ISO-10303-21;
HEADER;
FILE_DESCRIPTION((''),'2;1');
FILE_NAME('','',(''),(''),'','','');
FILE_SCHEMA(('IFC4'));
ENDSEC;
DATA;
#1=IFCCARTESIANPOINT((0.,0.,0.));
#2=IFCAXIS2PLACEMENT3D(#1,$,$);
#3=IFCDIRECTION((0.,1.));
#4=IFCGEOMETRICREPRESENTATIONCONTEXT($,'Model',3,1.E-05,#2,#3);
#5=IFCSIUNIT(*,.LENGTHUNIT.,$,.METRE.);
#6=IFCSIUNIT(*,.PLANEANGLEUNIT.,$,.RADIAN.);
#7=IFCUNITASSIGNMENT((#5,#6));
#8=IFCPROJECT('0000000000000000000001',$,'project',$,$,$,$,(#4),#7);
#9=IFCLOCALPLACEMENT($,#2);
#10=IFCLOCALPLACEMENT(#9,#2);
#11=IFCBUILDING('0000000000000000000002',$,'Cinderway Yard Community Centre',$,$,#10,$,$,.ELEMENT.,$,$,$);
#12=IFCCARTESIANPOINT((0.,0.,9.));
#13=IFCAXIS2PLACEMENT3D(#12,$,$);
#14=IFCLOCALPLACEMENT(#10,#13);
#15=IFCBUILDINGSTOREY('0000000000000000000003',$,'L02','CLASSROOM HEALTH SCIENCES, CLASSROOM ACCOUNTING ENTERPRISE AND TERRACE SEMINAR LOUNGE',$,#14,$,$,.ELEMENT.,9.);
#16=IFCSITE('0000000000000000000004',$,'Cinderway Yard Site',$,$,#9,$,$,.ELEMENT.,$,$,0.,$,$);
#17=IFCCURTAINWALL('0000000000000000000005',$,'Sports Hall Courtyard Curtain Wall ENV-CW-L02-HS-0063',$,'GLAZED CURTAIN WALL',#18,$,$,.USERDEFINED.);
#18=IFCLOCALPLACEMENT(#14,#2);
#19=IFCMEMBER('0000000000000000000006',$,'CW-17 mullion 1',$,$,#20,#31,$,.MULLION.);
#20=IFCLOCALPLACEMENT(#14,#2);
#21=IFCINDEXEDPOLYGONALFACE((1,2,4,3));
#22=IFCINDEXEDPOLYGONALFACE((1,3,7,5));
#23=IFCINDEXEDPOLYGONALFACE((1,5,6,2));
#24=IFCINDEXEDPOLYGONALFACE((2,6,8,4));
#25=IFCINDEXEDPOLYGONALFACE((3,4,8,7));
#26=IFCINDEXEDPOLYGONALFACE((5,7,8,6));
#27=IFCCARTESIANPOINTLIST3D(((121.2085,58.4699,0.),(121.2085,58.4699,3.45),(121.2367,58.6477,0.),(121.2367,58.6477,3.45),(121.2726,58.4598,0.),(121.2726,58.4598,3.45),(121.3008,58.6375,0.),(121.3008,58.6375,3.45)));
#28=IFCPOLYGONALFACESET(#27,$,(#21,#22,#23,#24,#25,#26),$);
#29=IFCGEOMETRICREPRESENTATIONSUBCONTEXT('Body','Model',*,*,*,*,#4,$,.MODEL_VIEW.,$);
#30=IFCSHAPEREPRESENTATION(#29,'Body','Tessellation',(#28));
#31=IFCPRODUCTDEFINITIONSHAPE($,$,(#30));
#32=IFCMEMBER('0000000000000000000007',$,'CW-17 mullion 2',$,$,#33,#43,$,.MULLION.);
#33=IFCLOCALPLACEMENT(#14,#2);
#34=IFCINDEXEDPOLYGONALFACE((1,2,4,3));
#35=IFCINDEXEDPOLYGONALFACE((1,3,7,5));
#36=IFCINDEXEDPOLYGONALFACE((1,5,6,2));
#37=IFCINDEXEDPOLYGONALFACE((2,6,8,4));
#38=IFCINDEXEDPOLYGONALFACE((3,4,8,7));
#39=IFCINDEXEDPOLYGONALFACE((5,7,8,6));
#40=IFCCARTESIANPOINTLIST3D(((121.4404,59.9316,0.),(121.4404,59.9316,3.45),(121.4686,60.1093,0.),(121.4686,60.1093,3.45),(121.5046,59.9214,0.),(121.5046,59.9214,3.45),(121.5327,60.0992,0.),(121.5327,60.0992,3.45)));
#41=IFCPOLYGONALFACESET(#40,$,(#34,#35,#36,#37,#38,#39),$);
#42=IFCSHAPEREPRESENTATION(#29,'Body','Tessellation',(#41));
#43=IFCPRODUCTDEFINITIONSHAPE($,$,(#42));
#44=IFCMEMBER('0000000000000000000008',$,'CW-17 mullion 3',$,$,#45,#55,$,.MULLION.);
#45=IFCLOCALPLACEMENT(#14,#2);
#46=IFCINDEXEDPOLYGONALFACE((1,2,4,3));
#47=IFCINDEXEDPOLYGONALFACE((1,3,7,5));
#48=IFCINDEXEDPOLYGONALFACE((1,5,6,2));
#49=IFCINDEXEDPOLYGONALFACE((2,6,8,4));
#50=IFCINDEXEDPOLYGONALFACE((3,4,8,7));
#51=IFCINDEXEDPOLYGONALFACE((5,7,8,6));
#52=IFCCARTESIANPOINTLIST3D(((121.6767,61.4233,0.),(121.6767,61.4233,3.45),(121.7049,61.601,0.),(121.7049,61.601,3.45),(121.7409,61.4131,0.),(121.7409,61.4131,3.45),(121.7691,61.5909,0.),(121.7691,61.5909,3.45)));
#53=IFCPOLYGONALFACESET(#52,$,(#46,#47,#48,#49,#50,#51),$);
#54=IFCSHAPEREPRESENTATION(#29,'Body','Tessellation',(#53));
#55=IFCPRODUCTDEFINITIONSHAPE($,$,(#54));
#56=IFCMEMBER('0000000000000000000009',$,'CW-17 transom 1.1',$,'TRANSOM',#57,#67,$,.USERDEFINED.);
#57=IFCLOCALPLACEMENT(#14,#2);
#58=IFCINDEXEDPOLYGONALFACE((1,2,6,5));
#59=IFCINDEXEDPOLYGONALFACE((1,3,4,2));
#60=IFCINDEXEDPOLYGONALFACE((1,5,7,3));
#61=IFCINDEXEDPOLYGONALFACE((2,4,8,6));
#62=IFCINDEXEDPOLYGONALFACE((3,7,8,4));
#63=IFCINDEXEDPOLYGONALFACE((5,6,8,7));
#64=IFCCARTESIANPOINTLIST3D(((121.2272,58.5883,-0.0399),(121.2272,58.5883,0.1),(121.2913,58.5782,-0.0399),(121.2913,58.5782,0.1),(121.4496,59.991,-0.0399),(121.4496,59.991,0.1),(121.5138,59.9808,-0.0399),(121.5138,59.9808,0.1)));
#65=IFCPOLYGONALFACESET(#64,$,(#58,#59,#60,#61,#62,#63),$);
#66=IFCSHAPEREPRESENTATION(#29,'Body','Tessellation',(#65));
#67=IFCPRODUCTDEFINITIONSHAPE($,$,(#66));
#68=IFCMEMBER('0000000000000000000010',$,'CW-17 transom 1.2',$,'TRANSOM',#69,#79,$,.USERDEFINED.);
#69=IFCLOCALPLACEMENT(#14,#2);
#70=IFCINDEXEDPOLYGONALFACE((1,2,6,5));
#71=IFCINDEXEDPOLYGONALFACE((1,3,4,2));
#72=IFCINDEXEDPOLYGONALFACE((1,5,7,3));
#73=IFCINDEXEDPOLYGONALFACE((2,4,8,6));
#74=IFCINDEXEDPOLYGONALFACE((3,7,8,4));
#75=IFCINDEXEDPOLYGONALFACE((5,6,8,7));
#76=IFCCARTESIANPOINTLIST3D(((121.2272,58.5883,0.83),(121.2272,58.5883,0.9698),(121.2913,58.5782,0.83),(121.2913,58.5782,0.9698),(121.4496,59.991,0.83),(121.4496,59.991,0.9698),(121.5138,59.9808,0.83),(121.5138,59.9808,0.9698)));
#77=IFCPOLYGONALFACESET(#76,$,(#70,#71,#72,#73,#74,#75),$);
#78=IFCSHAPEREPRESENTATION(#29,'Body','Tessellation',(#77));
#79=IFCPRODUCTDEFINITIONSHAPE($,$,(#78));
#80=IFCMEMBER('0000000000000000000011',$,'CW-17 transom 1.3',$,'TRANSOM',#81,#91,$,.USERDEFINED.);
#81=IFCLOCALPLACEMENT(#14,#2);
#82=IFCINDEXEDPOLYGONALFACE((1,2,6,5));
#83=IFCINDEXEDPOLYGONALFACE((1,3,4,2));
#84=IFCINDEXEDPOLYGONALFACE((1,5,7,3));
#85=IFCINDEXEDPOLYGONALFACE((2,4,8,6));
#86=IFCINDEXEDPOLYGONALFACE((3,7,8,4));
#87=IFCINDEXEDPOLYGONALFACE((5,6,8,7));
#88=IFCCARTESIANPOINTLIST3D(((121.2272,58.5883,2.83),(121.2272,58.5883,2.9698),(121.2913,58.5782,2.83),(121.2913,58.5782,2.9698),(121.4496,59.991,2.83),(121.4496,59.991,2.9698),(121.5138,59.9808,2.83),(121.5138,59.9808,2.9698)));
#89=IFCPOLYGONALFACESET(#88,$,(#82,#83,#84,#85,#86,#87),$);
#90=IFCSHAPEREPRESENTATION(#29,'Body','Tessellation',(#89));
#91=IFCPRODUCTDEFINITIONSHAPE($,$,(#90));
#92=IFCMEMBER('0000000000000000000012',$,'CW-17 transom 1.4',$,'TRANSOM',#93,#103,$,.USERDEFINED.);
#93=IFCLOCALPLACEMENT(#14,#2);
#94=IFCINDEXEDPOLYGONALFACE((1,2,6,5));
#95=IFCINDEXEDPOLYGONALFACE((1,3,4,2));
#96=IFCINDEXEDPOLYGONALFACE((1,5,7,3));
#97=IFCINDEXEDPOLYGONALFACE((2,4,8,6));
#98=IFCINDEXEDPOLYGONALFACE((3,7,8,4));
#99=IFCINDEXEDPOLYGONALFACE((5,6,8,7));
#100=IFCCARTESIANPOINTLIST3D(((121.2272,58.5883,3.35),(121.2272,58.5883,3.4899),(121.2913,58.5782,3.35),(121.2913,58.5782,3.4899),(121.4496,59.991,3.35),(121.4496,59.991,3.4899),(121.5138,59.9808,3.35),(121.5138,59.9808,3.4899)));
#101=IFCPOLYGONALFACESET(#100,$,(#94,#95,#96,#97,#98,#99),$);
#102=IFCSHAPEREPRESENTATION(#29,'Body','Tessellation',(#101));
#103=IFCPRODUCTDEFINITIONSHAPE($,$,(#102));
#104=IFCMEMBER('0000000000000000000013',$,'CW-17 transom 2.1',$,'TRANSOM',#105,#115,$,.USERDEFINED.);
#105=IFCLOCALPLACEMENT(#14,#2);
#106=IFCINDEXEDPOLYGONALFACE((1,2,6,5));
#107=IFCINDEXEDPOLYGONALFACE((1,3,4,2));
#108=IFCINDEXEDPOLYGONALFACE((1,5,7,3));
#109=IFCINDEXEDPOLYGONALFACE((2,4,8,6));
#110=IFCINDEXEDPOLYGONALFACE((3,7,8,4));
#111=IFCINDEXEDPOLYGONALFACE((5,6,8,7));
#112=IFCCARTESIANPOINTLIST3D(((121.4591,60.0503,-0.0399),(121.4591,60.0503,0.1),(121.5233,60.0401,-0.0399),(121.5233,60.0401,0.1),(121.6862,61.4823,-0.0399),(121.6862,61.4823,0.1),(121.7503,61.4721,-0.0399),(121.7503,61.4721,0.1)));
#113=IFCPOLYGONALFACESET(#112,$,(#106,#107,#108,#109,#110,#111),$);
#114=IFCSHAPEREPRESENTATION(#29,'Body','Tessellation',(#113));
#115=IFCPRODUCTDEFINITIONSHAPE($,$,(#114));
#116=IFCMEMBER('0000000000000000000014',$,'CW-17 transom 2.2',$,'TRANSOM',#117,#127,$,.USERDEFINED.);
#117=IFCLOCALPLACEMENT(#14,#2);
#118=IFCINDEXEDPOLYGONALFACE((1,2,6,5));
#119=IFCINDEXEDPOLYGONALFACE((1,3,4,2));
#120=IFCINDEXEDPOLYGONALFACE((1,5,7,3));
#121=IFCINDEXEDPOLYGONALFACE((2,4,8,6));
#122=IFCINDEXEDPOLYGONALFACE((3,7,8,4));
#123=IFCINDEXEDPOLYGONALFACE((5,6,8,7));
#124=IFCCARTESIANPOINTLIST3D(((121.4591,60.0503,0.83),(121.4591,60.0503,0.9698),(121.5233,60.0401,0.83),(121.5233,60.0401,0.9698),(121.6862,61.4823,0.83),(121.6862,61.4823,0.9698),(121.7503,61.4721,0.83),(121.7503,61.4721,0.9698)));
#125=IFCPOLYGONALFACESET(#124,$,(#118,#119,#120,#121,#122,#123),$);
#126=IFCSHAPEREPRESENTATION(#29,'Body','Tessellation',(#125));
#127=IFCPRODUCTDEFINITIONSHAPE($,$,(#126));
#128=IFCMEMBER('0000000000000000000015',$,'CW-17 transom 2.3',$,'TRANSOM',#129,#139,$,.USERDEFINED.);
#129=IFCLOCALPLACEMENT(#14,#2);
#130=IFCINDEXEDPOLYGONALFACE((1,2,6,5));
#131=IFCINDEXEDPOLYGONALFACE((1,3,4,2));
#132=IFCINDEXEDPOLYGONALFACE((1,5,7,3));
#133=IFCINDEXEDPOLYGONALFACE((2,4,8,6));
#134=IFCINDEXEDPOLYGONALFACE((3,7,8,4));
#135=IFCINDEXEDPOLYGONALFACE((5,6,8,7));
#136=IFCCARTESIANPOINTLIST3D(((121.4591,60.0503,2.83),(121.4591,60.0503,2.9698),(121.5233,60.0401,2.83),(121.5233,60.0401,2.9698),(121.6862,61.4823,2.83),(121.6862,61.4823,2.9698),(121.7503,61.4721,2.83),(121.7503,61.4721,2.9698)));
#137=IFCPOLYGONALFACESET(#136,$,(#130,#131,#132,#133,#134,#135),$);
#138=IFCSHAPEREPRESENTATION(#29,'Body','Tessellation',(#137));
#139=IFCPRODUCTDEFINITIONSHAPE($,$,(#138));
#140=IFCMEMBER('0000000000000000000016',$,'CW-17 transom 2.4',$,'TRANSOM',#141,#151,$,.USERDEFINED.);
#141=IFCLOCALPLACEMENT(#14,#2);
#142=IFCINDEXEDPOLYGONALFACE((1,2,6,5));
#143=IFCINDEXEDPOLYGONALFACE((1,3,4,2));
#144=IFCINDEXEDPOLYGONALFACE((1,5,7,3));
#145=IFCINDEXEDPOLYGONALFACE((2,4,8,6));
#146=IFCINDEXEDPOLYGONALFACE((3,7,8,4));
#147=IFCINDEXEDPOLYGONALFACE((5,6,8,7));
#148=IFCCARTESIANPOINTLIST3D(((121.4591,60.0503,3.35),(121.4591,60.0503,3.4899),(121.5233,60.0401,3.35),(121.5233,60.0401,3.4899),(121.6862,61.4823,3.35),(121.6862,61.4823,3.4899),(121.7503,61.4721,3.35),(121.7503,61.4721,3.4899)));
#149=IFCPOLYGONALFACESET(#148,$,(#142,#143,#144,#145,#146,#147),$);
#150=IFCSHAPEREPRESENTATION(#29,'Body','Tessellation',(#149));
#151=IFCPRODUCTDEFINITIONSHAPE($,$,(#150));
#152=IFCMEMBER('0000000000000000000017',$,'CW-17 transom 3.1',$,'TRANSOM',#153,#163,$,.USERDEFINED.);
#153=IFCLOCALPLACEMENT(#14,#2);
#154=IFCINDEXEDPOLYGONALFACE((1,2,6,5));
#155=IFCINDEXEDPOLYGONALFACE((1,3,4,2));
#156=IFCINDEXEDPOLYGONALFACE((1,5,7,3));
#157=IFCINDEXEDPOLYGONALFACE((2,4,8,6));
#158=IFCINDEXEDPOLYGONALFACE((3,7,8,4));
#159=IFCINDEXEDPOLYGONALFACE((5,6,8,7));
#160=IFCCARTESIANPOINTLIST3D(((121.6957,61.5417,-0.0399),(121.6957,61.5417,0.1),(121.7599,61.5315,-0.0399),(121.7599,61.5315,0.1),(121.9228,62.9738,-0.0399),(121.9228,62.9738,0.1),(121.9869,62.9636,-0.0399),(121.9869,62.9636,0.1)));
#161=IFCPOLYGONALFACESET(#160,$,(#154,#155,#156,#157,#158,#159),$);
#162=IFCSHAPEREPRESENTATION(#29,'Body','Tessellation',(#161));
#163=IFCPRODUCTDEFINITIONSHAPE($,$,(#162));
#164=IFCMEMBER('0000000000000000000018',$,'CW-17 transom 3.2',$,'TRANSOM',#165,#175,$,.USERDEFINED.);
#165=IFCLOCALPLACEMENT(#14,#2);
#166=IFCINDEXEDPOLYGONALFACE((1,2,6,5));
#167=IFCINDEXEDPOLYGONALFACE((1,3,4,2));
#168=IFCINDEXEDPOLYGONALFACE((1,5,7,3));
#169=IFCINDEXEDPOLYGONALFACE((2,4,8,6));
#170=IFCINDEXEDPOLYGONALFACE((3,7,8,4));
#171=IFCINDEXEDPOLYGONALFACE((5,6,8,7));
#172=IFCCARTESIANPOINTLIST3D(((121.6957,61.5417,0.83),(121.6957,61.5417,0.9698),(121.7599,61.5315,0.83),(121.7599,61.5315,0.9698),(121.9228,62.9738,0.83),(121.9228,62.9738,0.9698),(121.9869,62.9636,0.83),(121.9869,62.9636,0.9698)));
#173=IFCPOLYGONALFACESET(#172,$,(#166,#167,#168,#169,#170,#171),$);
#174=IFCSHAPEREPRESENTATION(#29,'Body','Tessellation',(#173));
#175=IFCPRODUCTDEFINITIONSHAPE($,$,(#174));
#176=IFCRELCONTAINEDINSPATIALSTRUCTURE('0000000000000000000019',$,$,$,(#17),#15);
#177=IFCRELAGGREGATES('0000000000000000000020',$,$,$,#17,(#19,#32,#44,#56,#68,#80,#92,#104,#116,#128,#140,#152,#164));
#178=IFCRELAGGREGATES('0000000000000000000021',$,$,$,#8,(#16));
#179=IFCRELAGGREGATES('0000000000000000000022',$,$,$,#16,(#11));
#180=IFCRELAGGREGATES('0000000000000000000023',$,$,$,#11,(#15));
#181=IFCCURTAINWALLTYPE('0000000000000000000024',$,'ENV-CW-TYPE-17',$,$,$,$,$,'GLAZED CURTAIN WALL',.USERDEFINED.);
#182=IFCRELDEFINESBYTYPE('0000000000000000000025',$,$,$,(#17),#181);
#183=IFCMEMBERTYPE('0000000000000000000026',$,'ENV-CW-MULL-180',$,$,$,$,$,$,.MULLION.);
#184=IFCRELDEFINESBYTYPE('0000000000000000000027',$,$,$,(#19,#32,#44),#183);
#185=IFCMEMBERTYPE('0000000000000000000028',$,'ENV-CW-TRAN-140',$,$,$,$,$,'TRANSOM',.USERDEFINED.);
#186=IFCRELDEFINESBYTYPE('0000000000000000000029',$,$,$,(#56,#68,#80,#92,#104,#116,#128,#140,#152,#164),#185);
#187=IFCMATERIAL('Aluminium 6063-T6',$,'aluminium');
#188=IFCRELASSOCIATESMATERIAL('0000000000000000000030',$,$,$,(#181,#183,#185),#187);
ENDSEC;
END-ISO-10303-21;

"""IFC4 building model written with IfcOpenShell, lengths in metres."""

from ifc_helpers import new_model, si_unit, direction, frame, origin, origin_2d, place, context, subcontext, project, spatial, rectangle, extrude, material, material_profile, profile_set, type_object, element, aggregate, save


model = new_model("IFC4")

# Units and contexts
model_context = context("Model", 3, precision=1e-05, world=origin(), true_north=direction((0.0, 1.0)))
body_context = subcontext(model_context, "Body", "Model", "MODEL_VIEW")
ifc_project = project(units=[si_unit("LENGTHUNIT", "METRE"), si_unit("PLANEANGLEUNIT", "RADIAN")], contexts=[model_context])

# Site, building, storey
site_placement = place(None, origin())
site = spatial("IfcSite", under=ifc_project, at=site_placement, Name="Cinderway Yard Site", CompositionType="ELEMENT", RefElevation=0.0)
building_placement = place(site_placement, origin())
building = spatial("IfcBuilding", under=site, at=building_placement, Name="Cinderway Yard Community Centre", CompositionType="ELEMENT")
storey_placement = place(building_placement, frame((0.0, 0.0, 9.0)))
storey = spatial("IfcBuildingStorey", under=building, at=storey_placement, Name="L02", Description="CLASSROOM HEALTH SCIENCES, CLASSROOM ACCOUNTING ENTERPRISE AND TERRACE SEMINAR LOUNGE", CompositionType="ELEMENT", Elevation=9.0)

# Curtain wall, members
ifc_material_1 = material(Name="Aluminium 6063-T6", Category="aluminium")
curtain_wall_type = type_object("IfcCurtainWallType", Name="ENV-CW-TYPE-17", ElementType="GLAZED CURTAIN WALL", PredefinedType="USERDEFINED", material=ifc_material_1)
curtain_wall_placement = place(storey_placement, origin())
curtain_wall = element("IfcCurtainWall", 1, at=curtain_wall_placement, inside=storey, type_object=curtain_wall_type, Name="Sports Hall Courtyard Curtain Wall ENV-CW-L02-HS-0063", ObjectType="GLAZED CURTAIN WALL", PredefinedType="USERDEFINED")
ifc_material_profile_1 = material_profile(ifc_material_1, rectangle(XDim=0.0649, YDim=0.1799, at=origin_2d()), Name="Aluminium 6063-T6")
ifc_profile_set_1 = profile_set([ifc_material_profile_1], Name="Aluminium 6063-T6")
member_type_1 = type_object("IfcMemberType", Name="ENV-CW-MULL-180", PredefinedType="MULLION", material=ifc_profile_set_1)
member_1_placement = place(storey_placement, frame((121.2546, 58.5537, 0.0), z_axis=(0.0, 0.0, 1.0), x_axis=(-0.987661, 0.156609, 0.0)))
member_1 = element("IfcMember", 2, at=member_1_placement, type_object=member_type_1, Name="CW-17 mullion 1", PredefinedType="MULLION", context=body_context, shape_type="SweptSolid", body=[
    extrude(rectangle(XDim=0.0649, YDim=0.1799, at=origin_2d()), origin(), (0.0, 0.0, 1.0), 3.45),
])
member_2_placement = place(storey_placement, frame((121.4866, 60.0154, 0.0), z_axis=(0.0, 0.0, 1.0), x_axis=(-0.987661, 0.156609, 0.0)))
member_2 = element("IfcMember", 3, at=member_2_placement, type_object=member_type_1, Name="CW-17 mullion 2", PredefinedType="MULLION", context=body_context, shape_type="SweptSolid", body=[
    extrude(rectangle(XDim=0.0649, YDim=0.1799, at=origin_2d()), origin(), (0.0, 0.0, 1.0), 3.45),
])
member_3_placement = place(storey_placement, frame((121.7229, 61.5071, 0.0), z_axis=(0.0, 0.0, 1.0), x_axis=(-0.987661, 0.156609, 0.0)))
member_3 = element("IfcMember", 4, at=member_3_placement, type_object=member_type_1, Name="CW-17 mullion 3", PredefinedType="MULLION", context=body_context, shape_type="SweptSolid", body=[
    extrude(rectangle(XDim=0.0649, YDim=0.1799, at=origin_2d()), origin(), (0.0, 0.0, 1.0), 3.45),
])
ifc_material_profile_2 = material_profile(ifc_material_1, rectangle(XDim=0.0649, YDim=0.1399, at=origin_2d()), Name="Aluminium 6063-T6")
ifc_profile_set_2 = profile_set([ifc_material_profile_2], Name="Aluminium 6063-T6")
member_type_2 = type_object("IfcMemberType", Name="ENV-CW-TRAN-140", ElementType="TRANSOM", PredefinedType="USERDEFINED", material=ifc_profile_set_2)
member_4_placement = place(storey_placement, frame((121.2593, 58.5833, 0.03), z_axis=(0.156616, 0.98766, 0.0), x_axis=(-0.98766, 0.156616, 0.0)))
member_4 = element("IfcMember", 5, at=member_4_placement, type_object=member_type_2, Name="CW-17 transom 1.1", ObjectType="TRANSOM", PredefinedType="USERDEFINED", context=body_context, shape_type="SweptSolid", body=[
    extrude(rectangle(XDim=0.0649, YDim=0.1399, at=origin_2d()), origin(), (0.0, 0.0, 1.0), 1.4202),
])
member_5_placement = place(storey_placement, frame((121.2593, 58.5833, 0.8999), z_axis=(0.156616, 0.98766, 0.0), x_axis=(-0.98766, 0.156616, 0.0)))
member_5 = element("IfcMember", 6, at=member_5_placement, type_object=member_type_2, Name="CW-17 transom 1.2", ObjectType="TRANSOM", PredefinedType="USERDEFINED", context=body_context, shape_type="SweptSolid", body=[
    extrude(rectangle(XDim=0.0649, YDim=0.1399, at=origin_2d()), origin(), (0.0, 0.0, 1.0), 1.4202),
])
member_6_placement = place(storey_placement, frame((121.2593, 58.5833, 2.8999), z_axis=(0.156616, 0.98766, 0.0), x_axis=(-0.98766, 0.156616, 0.0)))
member_6 = element("IfcMember", 7, at=member_6_placement, type_object=member_type_2, Name="CW-17 transom 1.3", ObjectType="TRANSOM", PredefinedType="USERDEFINED", context=body_context, shape_type="SweptSolid", body=[
    extrude(rectangle(XDim=0.0649, YDim=0.1399, at=origin_2d()), origin(), (0.0, 0.0, 1.0), 1.4202),
])
member_7_placement = place(storey_placement, frame((121.2593, 58.5833, 3.4199), z_axis=(0.156616, 0.98766, 0.0), x_axis=(-0.98766, 0.156616, 0.0)))
member_7 = element("IfcMember", 8, at=member_7_placement, type_object=member_type_2, Name="CW-17 transom 1.4", ObjectType="TRANSOM", PredefinedType="USERDEFINED", context=body_context, shape_type="SweptSolid", body=[
    extrude(rectangle(XDim=0.0649, YDim=0.1399, at=origin_2d()), origin(), (0.0, 0.0, 1.0), 1.4202),
])
member_8_placement = place(storey_placement, frame((121.4912, 60.0452, 0.03), z_axis=(0.156585, 0.987664, 0.0), x_axis=(-0.987664, 0.156585, 0.0)))
member_8 = element("IfcMember", 9, at=member_8_placement, type_object=member_type_2, Name="CW-17 transom 2.1", ObjectType="TRANSOM", PredefinedType="USERDEFINED", context=body_context, shape_type="SweptSolid", body=[
    extrude(rectangle(XDim=0.0649, YDim=0.1399, at=origin_2d()), origin(), (0.0, 0.0, 1.0), 1.45),
])
member_9_placement = place(storey_placement, frame((121.4912, 60.0452, 0.8999), z_axis=(0.156585, 0.987664, 0.0), x_axis=(-0.987664, 0.156585, 0.0)))
member_9 = element("IfcMember", 10, at=member_9_placement, type_object=member_type_2, Name="CW-17 transom 2.2", ObjectType="TRANSOM", PredefinedType="USERDEFINED", context=body_context, shape_type="SweptSolid", body=[
    extrude(rectangle(XDim=0.0649, YDim=0.1399, at=origin_2d()), origin(), (0.0, 0.0, 1.0), 1.45),
])
member_10_placement = place(storey_placement, frame((121.4912, 60.0452, 2.8999), z_axis=(0.156585, 0.987664, 0.0), x_axis=(-0.987664, 0.156585, 0.0)))
member_10 = element("IfcMember", 11, at=member_10_placement, type_object=member_type_2, Name="CW-17 transom 2.3", ObjectType="TRANSOM", PredefinedType="USERDEFINED", context=body_context, shape_type="SweptSolid", body=[
    extrude(rectangle(XDim=0.0649, YDim=0.1399, at=origin_2d()), origin(), (0.0, 0.0, 1.0), 1.45),
])
member_11_placement = place(storey_placement, frame((121.4912, 60.0452, 3.4199), z_axis=(0.156585, 0.987664, 0.0), x_axis=(-0.987664, 0.156585, 0.0)))
member_11 = element("IfcMember", 12, at=member_11_placement, type_object=member_type_2, Name="CW-17 transom 2.4", ObjectType="TRANSOM", PredefinedType="USERDEFINED", context=body_context, shape_type="SweptSolid", body=[
    extrude(rectangle(XDim=0.0649, YDim=0.1399, at=origin_2d()), origin(), (0.0, 0.0, 1.0), 1.45),
])
member_12_placement = place(storey_placement, frame((121.7278, 61.5366, 0.03), z_axis=(0.156585, 0.987664, 0.0), x_axis=(-0.987664, 0.156585, 0.0)))
member_12 = element("IfcMember", 13, at=member_12_placement, type_object=member_type_2, Name="CW-17 transom 3.1", ObjectType="TRANSOM", PredefinedType="USERDEFINED", context=body_context, shape_type="SweptSolid", body=[
    extrude(rectangle(XDim=0.0649, YDim=0.1399, at=origin_2d()), origin(), (0.0, 0.0, 1.0), 1.45),
])
member_13_placement = place(storey_placement, frame((121.7278, 61.5366, 0.8999), z_axis=(0.156585, 0.987664, 0.0), x_axis=(-0.987664, 0.156585, 0.0)))
member_13 = element("IfcMember", 14, at=member_13_placement, type_object=member_type_2, Name="CW-17 transom 3.2", ObjectType="TRANSOM", PredefinedType="USERDEFINED", context=body_context, shape_type="SweptSolid", body=[
    extrude(rectangle(XDim=0.0649, YDim=0.1399, at=origin_2d()), origin(), (0.0, 0.0, 1.0), 1.45),
])

aggregate(curtain_wall, [member_1, member_2, member_3, member_4, member_5, member_6, member_7, member_8, member_9, member_10, member_11, member_12, member_13])

save(model, "model.ifc")
